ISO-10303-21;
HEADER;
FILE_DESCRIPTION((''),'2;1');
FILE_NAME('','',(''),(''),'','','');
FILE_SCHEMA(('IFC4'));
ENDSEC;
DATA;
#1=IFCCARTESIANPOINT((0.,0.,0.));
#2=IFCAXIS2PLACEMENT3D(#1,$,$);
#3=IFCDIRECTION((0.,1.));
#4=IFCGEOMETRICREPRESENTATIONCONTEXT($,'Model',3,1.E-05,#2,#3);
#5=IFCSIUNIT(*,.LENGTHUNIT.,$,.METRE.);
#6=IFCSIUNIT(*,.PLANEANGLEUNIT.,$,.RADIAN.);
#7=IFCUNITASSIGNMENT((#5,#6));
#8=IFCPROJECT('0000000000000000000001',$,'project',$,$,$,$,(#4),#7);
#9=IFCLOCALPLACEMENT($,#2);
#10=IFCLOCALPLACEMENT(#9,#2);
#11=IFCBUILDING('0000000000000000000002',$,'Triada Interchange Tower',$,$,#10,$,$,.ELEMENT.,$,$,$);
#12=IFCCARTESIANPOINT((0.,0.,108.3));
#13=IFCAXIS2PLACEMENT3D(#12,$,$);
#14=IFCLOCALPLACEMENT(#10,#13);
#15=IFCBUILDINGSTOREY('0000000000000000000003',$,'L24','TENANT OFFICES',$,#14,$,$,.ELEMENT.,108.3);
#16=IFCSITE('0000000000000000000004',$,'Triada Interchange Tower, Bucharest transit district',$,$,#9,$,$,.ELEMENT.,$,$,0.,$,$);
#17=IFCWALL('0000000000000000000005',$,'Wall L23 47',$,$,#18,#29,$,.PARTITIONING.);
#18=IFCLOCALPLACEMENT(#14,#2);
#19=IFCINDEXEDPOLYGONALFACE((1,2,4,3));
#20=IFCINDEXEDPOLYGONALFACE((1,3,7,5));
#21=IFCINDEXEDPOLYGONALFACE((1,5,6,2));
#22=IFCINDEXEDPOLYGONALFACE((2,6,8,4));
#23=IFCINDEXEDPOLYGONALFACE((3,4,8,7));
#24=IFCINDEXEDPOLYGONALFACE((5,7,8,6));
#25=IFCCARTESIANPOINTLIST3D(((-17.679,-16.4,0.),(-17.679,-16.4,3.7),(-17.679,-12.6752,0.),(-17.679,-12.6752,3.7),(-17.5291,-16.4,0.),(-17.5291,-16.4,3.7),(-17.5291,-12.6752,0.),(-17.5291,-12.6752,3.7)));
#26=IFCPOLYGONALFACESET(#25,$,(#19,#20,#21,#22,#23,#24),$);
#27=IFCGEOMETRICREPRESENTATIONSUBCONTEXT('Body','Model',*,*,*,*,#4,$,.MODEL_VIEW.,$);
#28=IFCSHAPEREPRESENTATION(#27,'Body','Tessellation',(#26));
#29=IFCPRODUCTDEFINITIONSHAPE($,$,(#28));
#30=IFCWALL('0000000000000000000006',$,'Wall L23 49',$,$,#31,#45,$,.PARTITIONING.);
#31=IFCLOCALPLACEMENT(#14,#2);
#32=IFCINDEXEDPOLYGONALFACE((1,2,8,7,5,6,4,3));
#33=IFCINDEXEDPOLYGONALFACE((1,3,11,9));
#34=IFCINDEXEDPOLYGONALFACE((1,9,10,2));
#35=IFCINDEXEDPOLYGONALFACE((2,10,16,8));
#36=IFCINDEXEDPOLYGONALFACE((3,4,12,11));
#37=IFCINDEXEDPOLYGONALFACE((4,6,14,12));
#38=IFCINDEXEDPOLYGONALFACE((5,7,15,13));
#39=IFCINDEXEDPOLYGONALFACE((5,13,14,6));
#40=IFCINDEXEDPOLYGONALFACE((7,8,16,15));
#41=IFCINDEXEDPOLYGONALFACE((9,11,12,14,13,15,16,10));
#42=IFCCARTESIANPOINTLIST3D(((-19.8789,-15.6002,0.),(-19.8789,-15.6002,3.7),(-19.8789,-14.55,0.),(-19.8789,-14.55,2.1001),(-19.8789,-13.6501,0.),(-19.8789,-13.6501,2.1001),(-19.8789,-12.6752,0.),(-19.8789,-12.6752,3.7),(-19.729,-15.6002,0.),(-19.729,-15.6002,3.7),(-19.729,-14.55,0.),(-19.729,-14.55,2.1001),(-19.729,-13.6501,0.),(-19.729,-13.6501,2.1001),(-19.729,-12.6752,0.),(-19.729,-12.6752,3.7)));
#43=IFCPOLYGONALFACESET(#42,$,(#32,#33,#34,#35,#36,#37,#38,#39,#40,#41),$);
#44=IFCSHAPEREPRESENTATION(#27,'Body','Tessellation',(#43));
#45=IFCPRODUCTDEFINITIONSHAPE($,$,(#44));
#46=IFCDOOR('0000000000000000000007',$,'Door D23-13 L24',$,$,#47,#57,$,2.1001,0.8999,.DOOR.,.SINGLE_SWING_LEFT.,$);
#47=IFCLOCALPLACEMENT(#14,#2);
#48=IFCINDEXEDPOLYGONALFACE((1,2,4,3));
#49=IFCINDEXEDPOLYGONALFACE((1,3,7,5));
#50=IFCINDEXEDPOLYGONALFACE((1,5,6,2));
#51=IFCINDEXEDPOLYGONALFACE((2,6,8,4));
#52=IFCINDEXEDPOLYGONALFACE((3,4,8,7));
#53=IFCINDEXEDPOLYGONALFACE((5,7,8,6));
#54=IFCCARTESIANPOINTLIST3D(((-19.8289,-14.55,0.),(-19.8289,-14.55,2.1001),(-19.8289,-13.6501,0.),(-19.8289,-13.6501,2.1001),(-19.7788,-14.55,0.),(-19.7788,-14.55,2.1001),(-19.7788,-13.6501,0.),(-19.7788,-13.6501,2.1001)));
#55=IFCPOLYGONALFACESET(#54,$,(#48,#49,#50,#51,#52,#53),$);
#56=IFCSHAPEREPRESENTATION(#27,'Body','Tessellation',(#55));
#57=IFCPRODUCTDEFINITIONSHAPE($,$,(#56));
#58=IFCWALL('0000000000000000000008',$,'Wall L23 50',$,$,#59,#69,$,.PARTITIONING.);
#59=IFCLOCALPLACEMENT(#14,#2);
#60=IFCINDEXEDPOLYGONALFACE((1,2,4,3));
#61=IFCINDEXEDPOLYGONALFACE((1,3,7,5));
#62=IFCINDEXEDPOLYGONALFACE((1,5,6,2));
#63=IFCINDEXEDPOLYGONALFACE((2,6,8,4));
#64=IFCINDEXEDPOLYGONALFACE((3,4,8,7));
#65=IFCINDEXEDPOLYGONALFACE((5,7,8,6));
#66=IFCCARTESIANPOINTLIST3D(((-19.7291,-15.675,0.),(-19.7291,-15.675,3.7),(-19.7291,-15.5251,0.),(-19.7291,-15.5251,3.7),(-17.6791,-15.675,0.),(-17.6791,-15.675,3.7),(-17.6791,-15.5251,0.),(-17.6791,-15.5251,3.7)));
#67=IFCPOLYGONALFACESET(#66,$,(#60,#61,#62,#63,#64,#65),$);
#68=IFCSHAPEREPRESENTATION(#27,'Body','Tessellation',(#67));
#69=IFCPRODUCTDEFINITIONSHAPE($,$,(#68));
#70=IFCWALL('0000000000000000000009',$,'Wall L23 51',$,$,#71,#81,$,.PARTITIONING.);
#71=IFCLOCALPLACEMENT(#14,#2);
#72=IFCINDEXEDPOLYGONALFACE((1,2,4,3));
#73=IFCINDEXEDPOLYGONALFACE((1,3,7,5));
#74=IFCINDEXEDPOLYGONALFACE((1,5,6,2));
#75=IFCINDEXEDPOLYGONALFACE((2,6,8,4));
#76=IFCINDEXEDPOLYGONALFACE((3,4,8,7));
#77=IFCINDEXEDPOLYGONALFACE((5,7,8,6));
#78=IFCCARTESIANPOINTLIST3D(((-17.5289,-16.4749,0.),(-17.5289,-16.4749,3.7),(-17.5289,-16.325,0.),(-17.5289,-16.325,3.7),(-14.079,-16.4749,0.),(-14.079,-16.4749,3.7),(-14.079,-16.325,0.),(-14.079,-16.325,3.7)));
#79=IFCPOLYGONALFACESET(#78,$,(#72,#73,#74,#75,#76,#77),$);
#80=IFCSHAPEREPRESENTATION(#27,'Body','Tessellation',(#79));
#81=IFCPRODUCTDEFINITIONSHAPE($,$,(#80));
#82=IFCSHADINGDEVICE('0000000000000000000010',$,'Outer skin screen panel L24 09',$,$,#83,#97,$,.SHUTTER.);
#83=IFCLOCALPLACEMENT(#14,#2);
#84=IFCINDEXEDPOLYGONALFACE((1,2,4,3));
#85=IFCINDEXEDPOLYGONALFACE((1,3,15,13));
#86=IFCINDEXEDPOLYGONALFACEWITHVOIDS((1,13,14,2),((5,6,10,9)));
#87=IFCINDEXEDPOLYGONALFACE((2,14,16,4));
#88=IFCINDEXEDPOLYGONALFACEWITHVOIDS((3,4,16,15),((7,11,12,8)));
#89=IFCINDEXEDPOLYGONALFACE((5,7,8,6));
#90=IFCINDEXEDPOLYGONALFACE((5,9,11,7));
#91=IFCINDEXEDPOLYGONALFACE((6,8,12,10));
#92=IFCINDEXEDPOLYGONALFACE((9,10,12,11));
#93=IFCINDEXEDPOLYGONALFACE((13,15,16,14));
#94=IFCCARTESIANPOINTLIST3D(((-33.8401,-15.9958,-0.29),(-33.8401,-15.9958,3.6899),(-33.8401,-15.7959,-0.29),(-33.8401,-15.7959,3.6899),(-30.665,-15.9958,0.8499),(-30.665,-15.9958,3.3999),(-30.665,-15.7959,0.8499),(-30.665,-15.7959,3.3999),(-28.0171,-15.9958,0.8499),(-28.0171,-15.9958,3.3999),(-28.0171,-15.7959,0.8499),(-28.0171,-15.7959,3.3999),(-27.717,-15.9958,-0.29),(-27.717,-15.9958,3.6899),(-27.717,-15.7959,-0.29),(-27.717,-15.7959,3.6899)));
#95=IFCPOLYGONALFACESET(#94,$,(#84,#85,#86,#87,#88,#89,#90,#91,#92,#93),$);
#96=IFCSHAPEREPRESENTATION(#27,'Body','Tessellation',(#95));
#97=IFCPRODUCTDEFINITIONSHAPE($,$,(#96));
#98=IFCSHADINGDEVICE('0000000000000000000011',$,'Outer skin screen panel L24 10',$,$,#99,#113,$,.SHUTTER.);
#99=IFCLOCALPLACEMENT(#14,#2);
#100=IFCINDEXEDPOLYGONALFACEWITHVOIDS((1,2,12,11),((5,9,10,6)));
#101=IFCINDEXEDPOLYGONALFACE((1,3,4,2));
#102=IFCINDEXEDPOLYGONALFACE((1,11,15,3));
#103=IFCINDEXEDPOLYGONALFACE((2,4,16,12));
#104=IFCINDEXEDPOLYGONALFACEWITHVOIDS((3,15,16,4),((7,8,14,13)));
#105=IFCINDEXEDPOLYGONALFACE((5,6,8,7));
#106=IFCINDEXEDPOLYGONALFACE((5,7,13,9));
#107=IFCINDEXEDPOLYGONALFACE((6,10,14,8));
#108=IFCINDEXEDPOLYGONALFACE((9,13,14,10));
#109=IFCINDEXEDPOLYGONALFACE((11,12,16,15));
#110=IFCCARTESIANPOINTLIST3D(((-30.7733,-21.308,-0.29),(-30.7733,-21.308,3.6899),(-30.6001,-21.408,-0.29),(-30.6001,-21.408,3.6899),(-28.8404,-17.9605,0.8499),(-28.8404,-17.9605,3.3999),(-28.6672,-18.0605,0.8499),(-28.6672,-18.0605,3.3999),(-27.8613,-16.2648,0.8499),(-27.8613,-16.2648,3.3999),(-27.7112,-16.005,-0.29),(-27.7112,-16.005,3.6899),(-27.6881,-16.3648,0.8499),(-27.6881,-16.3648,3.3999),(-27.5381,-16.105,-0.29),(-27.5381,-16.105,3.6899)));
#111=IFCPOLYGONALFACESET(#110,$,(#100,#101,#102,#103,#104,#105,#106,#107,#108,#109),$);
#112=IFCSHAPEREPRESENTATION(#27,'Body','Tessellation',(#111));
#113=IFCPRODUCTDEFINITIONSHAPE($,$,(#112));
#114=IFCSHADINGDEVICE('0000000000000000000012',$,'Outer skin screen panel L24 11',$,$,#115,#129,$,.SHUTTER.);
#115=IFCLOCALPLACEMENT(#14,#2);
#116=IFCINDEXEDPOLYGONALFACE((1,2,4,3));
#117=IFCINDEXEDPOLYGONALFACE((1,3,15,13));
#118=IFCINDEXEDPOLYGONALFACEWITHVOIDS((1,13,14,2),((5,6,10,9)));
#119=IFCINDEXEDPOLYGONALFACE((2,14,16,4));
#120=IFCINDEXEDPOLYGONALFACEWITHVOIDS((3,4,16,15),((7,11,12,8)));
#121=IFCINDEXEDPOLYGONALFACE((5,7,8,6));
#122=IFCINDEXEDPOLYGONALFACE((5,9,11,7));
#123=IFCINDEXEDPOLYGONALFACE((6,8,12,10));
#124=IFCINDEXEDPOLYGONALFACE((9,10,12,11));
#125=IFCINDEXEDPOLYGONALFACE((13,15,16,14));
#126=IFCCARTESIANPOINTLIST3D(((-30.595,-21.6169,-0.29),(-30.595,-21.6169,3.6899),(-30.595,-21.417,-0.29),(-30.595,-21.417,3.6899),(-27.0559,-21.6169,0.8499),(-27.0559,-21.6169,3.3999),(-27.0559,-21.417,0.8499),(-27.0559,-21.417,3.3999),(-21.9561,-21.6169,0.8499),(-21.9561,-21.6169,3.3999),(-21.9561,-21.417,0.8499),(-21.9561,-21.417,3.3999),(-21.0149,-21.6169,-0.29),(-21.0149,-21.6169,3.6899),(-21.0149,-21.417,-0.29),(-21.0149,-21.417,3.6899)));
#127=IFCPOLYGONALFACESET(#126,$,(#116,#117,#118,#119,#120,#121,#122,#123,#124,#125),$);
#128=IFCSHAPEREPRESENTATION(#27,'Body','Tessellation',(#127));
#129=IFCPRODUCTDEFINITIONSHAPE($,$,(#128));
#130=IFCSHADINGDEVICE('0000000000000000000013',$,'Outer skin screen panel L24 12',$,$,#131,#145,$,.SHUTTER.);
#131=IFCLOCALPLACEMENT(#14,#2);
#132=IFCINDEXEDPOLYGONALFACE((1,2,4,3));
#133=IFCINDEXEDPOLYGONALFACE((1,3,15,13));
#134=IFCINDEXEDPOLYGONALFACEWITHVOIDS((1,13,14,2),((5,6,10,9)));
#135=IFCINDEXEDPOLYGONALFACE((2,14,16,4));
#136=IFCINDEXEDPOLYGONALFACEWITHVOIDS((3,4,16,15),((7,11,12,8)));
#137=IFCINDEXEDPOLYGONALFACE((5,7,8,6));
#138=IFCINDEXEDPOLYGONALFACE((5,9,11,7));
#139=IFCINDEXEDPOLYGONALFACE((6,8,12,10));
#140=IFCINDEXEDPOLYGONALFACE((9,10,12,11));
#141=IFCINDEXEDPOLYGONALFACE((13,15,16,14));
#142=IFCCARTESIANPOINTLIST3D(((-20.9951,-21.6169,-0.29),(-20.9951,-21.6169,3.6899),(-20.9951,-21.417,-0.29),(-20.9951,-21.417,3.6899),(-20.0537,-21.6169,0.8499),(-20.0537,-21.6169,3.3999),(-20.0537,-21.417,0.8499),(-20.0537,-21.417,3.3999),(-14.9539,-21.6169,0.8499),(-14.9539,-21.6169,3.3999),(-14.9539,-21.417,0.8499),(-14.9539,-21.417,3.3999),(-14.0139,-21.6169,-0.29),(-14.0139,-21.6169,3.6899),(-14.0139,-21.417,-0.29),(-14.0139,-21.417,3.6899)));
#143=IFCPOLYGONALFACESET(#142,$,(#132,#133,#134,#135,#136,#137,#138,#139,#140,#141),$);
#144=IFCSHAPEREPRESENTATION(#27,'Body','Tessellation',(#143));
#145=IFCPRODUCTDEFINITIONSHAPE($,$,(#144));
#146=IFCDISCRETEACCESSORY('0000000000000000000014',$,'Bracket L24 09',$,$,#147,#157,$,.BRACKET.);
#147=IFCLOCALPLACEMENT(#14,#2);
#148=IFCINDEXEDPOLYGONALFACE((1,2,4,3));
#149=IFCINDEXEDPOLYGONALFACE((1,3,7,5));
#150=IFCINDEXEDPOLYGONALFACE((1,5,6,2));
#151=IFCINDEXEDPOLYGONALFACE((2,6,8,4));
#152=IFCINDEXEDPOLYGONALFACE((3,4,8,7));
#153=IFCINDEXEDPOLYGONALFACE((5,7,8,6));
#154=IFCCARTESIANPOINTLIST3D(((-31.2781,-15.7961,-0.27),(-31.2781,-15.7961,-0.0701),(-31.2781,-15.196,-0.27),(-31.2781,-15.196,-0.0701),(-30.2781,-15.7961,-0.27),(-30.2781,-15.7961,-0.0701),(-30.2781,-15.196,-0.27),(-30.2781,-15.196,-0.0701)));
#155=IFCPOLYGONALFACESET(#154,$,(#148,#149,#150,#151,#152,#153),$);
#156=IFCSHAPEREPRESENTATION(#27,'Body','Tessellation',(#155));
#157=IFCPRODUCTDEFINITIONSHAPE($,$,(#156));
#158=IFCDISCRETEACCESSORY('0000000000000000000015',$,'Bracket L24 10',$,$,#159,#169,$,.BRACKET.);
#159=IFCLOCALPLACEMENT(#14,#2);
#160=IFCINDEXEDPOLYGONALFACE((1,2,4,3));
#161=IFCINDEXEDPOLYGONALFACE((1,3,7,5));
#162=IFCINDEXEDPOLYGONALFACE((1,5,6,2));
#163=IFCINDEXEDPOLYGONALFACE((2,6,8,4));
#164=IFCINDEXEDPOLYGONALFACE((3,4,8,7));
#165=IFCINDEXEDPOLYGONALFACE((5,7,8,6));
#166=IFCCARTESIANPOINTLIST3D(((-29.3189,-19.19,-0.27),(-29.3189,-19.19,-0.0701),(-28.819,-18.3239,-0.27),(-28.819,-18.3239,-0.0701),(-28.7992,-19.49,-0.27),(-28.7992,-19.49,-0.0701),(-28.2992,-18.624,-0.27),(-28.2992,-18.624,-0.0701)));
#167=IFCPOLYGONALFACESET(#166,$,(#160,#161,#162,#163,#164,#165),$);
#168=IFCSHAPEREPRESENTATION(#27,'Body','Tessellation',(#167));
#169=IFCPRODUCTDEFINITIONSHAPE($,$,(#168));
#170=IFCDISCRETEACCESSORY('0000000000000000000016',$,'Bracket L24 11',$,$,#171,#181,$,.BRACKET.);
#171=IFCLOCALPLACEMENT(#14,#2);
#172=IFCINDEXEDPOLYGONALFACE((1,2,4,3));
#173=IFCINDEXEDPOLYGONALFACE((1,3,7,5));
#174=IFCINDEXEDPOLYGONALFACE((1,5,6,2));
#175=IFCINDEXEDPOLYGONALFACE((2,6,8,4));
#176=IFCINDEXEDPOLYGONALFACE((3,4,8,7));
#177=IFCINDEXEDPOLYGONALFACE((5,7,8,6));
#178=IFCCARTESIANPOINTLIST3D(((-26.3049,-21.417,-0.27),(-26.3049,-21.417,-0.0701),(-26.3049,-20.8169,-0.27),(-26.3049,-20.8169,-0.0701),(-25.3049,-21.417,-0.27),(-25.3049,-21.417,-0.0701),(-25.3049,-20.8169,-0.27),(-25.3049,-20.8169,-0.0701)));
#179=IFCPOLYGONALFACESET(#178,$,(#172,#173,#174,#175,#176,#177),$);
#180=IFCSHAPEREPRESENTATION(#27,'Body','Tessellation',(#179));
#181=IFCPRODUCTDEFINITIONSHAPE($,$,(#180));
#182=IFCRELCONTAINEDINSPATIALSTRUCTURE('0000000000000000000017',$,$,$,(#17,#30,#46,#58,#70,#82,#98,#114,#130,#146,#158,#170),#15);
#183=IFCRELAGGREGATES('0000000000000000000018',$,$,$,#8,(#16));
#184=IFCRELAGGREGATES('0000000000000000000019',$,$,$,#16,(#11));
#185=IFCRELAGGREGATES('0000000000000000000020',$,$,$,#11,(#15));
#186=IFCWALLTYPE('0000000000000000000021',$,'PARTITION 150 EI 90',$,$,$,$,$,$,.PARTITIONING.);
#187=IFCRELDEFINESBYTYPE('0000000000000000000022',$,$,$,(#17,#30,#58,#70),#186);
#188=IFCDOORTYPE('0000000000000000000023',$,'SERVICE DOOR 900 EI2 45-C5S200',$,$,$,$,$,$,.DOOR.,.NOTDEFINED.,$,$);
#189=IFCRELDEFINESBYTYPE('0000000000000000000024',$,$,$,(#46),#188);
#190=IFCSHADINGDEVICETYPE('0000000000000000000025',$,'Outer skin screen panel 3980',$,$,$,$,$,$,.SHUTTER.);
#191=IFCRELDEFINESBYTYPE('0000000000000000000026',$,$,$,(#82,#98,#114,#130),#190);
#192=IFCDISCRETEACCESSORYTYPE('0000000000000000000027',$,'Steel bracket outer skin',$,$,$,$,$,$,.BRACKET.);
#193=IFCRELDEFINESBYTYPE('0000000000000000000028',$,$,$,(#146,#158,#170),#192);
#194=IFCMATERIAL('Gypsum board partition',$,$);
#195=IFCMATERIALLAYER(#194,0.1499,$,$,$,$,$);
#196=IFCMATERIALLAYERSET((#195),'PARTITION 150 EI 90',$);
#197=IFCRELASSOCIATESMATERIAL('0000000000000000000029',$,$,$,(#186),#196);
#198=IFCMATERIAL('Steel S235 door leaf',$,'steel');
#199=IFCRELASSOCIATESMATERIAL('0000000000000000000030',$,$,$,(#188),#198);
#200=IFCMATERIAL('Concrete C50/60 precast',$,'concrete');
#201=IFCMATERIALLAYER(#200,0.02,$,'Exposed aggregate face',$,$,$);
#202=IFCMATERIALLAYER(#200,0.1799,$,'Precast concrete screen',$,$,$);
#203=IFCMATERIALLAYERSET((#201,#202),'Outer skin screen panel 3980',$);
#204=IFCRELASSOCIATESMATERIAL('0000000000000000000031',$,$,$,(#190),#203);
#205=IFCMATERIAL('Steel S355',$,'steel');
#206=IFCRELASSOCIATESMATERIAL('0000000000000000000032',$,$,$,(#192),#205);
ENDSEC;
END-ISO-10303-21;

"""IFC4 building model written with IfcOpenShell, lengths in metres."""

from ifc_helpers import new_model, si_unit, direction, frame, frame_2d, origin, origin_2d, place, context, subcontext, project, spatial, polyline, rectangle, outline, extrude, material, layer, layer_set, type_object, element, fill, save


model = new_model("IFC4")

# Units and contexts
model_context = context("Model", 3, precision=1e-05, world=origin(), true_north=direction((0.0, 1.0)))
body_context = subcontext(model_context, "Body", "Model", "MODEL_VIEW")
ifc_project = project(units=[si_unit("LENGTHUNIT", "METRE"), si_unit("PLANEANGLEUNIT", "RADIAN")], contexts=[model_context])

# Site, building, storey
site_placement = place(None, origin())
site = spatial("IfcSite", under=ifc_project, at=site_placement, Name="Triada Interchange Tower, Bucharest transit district", CompositionType="ELEMENT", RefElevation=0.0)
building_placement = place(site_placement, origin())
building = spatial("IfcBuilding", under=site, at=building_placement, Name="Triada Interchange Tower", CompositionType="ELEMENT")
storey_placement = place(building_placement, frame((0.0, 0.0, 108.3)))
storey = spatial("IfcBuildingStorey", under=building, at=storey_placement, Name="L24", Description="TENANT OFFICES", CompositionType="ELEMENT", Elevation=108.3)

# Wall
ifc_material_1 = material(Name="Gypsum board partition")
ifc_layer_1 = layer(ifc_material_1, 0.1499)
ifc_layer_set_1 = layer_set([ifc_layer_1], Name="PARTITION 150 EI 90")
wall_type_1 = type_object("IfcWallType", Name="PARTITION 150 EI 90", PredefinedType="PARTITIONING", material=ifc_layer_set_1)
wall_1_placement = place(storey_placement, frame((-17.604, -16.3999, 0.0), z_axis=(0.0, 0.0, 1.0), x_axis=(0.0, 1.0, 0.0)))
element("IfcWall", 1, at=wall_1_placement, inside=storey, type_object=wall_type_1, Name="Wall L23 47", PredefinedType="PARTITIONING", context=body_context, shape_type="SweptSolid", body=[
    extrude(rectangle(XDim=3.7249, YDim=0.1499, at=frame_2d((1.8623, 0.0))), origin(), (0.0, 0.0, 1.0), 3.7),
])

# Wall, opening, door
wall_2_placement = place(storey_placement, frame((-19.804, -15.6001, 0.0), z_axis=(0.0, 0.0, 1.0), x_axis=(0.0, 1.0, 0.0)))
wall_2 = element("IfcWall", 2, at=wall_2_placement, inside=storey, type_object=wall_type_1, Name="Wall L23 49", PredefinedType="PARTITIONING", context=body_context, shape_type="SweptSolid", body=[
    extrude(rectangle(XDim=2.925, YDim=0.1499, at=frame_2d((1.4624, 0.0))), origin(), (0.0, 0.0, 1.0), 3.7),
])
opening_1_placement = place(wall_2_placement, frame((1.05, 0.0, 0.0)))
opening_1 = element("IfcOpeningElement", 3, at=opening_1_placement, cuts=wall_2, PredefinedType="OPENING", context=body_context, shape_type="SweptSolid", body=[
    extrude(rectangle(XDim=0.8999, YDim=2.1001, at=frame_2d((0.45, 1.05))), frame((0.0, 0.085, 0.0), z_axis=(0.0, -1.0, 0.0), x_axis=(1.0, 0.0, 0.0)), (0.0, 0.0, 1.0), 0.1699),
])
ifc_material_2 = material(Name="Steel S235 door leaf", Category="steel")
door_type = type_object("IfcDoorType", Name="SERVICE DOOR 900 EI2 45-C5S200", OperationType="NOTDEFINED", PredefinedType="DOOR", material=ifc_material_2)
door_placement = place(opening_1_placement, origin())
door = element("IfcDoor", 4, at=door_placement, inside=storey, type_object=door_type, Name="Door D23-13 L24", OperationType="SINGLE_SWING_LEFT", OverallHeight=2.1001, OverallWidth=0.8999, PredefinedType="DOOR", context=body_context, shape_type="SweptSolid", body=[
    extrude(rectangle(XDim=0.8999, YDim=2.1001, at=frame_2d((0.45, 1.05))), frame((0.0, 0.0249, 0.0), z_axis=(0.0, -1.0, 0.0), x_axis=(1.0, 0.0, 0.0)), (0.0, 0.0, 1.0), 0.05),
])
fill(opening_1, door)

# Walls
wall_3_placement = place(storey_placement, frame((-19.729, -15.6001, 0.0), z_axis=(0.0, 0.0, 1.0), x_axis=(1.0, 0.0, 0.0)))
element("IfcWall", 5, at=wall_3_placement, inside=storey, type_object=wall_type_1, Name="Wall L23 50", PredefinedType="PARTITIONING", context=body_context, shape_type="SweptSolid", body=[
    extrude(rectangle(XDim=2.05, YDim=0.1499, at=frame_2d((1.0249, 0.0))), origin(), (0.0, 0.0, 1.0), 3.7),
])
wall_4_placement = place(storey_placement, frame((-17.5291, -16.3999, 0.0), z_axis=(0.0, 0.0, 1.0), x_axis=(1.0, 0.0, 0.0)))
element("IfcWall", 6, at=wall_4_placement, inside=storey, type_object=wall_type_1, Name="Wall L23 51", PredefinedType="PARTITIONING", context=body_context, shape_type="SweptSolid", body=[
    extrude(rectangle(XDim=3.45, YDim=0.1499, at=frame_2d((1.7251, 0.0))), origin(), (0.0, 0.0, 1.0), 3.7),
])

# Shading devices
ifc_material_3 = material(Name="Concrete C50/60 precast", Category="concrete")
ifc_layer_2 = layer(ifc_material_3, 0.02, Name="Exposed aggregate face")
ifc_layer_3 = layer(ifc_material_3, 0.1799, Name="Precast concrete screen")
ifc_layer_set_2 = layer_set([ifc_layer_2, ifc_layer_3], Name="Outer skin screen panel 3980")
shading_device_type = type_object("IfcShadingDeviceType", Name="Outer skin screen panel 3980", PredefinedType="SHUTTER", material=ifc_layer_set_2)
shading_device_1_placement = place(storey_placement, frame((-33.8401, -15.7959, -0.29), z_axis=(0.0, 0.0, 1.0), x_axis=(1.0, 0.0, 0.0)))
element("IfcShadingDevice", 7, at=shading_device_1_placement, inside=storey, type_object=shading_device_type, Name="Outer skin screen panel L24 09", PredefinedType="SHUTTER", context=body_context, shape_type="SweptSolid", body=[
    extrude(outline(polyline([(0.0, 0.0), (6.123, 0.0), (6.123, 3.98), (0.0, 3.98), (0.0, 0.0)]), holes=[polyline([(3.175, 1.1399), (3.175, 3.6899), (5.823, 3.6899), (5.823, 1.1399), (3.175, 1.1399)])]), frame((0.0, 0.0, 0.0), z_axis=(0.0, -1.0, 0.0), x_axis=(1.0, 0.0, 0.0)), (0.0, 0.0, 1.0), 0.2),
])
shading_device_2_placement = place(storey_placement, frame((-27.5381, -16.105, -0.29), z_axis=(0.0, 0.0, 1.0), x_axis=(-0.500041, -0.866002, 0.0)))
element("IfcShadingDevice", 8, at=shading_device_2_placement, inside=storey, type_object=shading_device_type, Name="Outer skin screen panel L24 10", PredefinedType="SHUTTER", context=body_context, shape_type="SweptSolid", body=[
    extrude(outline(polyline([(0.0, 0.0), (6.1235, 0.0), (6.1235, 3.98), (0.0, 3.98), (0.0, 0.0)]), holes=[polyline([(0.3, 1.1399), (0.3, 3.6899), (2.2581, 3.6899), (2.2581, 1.1399), (0.3, 1.1399)])]), frame((0.0, 0.0, 0.0), z_axis=(0.0, -1.0, 0.0), x_axis=(1.0, 0.0, 0.0)), (0.0, 0.0, 1.0), 0.2),
])
shading_device_3_placement = place(storey_placement, frame((-30.595, -21.417, -0.29), z_axis=(0.0, 0.0, 1.0), x_axis=(1.0, 0.0, 0.0)))
element("IfcShadingDevice", 9, at=shading_device_3_placement, inside=storey, type_object=shading_device_type, Name="Outer skin screen panel L24 11", PredefinedType="SHUTTER", context=body_context, shape_type="SweptSolid", body=[
    extrude(outline(polyline([(0.0, 0.0), (9.5801, 0.0), (9.5801, 3.98), (0.0, 3.98), (0.0, 0.0)]), holes=[polyline([(3.5391, 1.1399), (3.5391, 3.6899), (8.6389, 3.6899), (8.6389, 1.1399), (3.5391, 1.1399)])]), frame((0.0, 0.0, 0.0), z_axis=(0.0, -1.0, 0.0), x_axis=(1.0, 0.0, 0.0)), (0.0, 0.0, 1.0), 0.2),
])
shading_device_4_placement = place(storey_placement, frame((-20.9951, -21.417, -0.29), z_axis=(0.0, 0.0, 1.0), x_axis=(1.0, 0.0, 0.0)))
element("IfcShadingDevice", 10, at=shading_device_4_placement, inside=storey, type_object=shading_device_type, Name="Outer skin screen panel L24 12", PredefinedType="SHUTTER", context=body_context, shape_type="SweptSolid", body=[
    extrude(outline(polyline([(0.0, 0.0), (6.9812, 0.0), (6.9812, 3.98), (0.0, 3.98), (0.0, 0.0)]), holes=[polyline([(0.9414, 1.1399), (0.9414, 3.6899), (6.0413, 3.6899), (6.0413, 1.1399), (0.9414, 1.1399)])]), frame((0.0, 0.0, 0.0), z_axis=(0.0, -1.0, 0.0), x_axis=(1.0, 0.0, 0.0)), (0.0, 0.0, 1.0), 0.2),
])

# Discrete accessories
ifc_material_4 = material(Name="Steel S355", Category="steel")
discrete_accessory_type = type_object("IfcDiscreteAccessoryType", Name="Steel bracket outer skin", PredefinedType="BRACKET", material=ifc_material_4)
for number, where, z_axis, x_axis, name in (
    (11, (-30.7781, -15.4961, -0.27), (0.0, 0.0, 1.0), (0.0, -1.0, 0.0), "Bracket L24 09"),
    (12, (-28.8091, -18.907, -0.27), (0.0, 0.0, 1.0), (-0.866044, 0.499967, 0.0), "Bracket L24 10"),
    (13, (-25.8049, -21.1169, -0.27), (0.0, 0.0, 1.0), (0.0, -1.0, 0.0), "Bracket L24 11"),
):
    element("IfcDiscreteAccessory", number, at=place(storey_placement, frame(where, z_axis=z_axis, x_axis=x_axis)), inside=storey, type_object=discrete_accessory_type, Name=name, PredefinedType="BRACKET", context=body_context, shape_type="SweptSolid", body=[
        extrude(rectangle(XDim=0.6001, YDim=1.0, at=origin_2d()), origin(), (0.0, 0.0, 1.0), 0.2),
    ])

save(model, "model.ifc")
